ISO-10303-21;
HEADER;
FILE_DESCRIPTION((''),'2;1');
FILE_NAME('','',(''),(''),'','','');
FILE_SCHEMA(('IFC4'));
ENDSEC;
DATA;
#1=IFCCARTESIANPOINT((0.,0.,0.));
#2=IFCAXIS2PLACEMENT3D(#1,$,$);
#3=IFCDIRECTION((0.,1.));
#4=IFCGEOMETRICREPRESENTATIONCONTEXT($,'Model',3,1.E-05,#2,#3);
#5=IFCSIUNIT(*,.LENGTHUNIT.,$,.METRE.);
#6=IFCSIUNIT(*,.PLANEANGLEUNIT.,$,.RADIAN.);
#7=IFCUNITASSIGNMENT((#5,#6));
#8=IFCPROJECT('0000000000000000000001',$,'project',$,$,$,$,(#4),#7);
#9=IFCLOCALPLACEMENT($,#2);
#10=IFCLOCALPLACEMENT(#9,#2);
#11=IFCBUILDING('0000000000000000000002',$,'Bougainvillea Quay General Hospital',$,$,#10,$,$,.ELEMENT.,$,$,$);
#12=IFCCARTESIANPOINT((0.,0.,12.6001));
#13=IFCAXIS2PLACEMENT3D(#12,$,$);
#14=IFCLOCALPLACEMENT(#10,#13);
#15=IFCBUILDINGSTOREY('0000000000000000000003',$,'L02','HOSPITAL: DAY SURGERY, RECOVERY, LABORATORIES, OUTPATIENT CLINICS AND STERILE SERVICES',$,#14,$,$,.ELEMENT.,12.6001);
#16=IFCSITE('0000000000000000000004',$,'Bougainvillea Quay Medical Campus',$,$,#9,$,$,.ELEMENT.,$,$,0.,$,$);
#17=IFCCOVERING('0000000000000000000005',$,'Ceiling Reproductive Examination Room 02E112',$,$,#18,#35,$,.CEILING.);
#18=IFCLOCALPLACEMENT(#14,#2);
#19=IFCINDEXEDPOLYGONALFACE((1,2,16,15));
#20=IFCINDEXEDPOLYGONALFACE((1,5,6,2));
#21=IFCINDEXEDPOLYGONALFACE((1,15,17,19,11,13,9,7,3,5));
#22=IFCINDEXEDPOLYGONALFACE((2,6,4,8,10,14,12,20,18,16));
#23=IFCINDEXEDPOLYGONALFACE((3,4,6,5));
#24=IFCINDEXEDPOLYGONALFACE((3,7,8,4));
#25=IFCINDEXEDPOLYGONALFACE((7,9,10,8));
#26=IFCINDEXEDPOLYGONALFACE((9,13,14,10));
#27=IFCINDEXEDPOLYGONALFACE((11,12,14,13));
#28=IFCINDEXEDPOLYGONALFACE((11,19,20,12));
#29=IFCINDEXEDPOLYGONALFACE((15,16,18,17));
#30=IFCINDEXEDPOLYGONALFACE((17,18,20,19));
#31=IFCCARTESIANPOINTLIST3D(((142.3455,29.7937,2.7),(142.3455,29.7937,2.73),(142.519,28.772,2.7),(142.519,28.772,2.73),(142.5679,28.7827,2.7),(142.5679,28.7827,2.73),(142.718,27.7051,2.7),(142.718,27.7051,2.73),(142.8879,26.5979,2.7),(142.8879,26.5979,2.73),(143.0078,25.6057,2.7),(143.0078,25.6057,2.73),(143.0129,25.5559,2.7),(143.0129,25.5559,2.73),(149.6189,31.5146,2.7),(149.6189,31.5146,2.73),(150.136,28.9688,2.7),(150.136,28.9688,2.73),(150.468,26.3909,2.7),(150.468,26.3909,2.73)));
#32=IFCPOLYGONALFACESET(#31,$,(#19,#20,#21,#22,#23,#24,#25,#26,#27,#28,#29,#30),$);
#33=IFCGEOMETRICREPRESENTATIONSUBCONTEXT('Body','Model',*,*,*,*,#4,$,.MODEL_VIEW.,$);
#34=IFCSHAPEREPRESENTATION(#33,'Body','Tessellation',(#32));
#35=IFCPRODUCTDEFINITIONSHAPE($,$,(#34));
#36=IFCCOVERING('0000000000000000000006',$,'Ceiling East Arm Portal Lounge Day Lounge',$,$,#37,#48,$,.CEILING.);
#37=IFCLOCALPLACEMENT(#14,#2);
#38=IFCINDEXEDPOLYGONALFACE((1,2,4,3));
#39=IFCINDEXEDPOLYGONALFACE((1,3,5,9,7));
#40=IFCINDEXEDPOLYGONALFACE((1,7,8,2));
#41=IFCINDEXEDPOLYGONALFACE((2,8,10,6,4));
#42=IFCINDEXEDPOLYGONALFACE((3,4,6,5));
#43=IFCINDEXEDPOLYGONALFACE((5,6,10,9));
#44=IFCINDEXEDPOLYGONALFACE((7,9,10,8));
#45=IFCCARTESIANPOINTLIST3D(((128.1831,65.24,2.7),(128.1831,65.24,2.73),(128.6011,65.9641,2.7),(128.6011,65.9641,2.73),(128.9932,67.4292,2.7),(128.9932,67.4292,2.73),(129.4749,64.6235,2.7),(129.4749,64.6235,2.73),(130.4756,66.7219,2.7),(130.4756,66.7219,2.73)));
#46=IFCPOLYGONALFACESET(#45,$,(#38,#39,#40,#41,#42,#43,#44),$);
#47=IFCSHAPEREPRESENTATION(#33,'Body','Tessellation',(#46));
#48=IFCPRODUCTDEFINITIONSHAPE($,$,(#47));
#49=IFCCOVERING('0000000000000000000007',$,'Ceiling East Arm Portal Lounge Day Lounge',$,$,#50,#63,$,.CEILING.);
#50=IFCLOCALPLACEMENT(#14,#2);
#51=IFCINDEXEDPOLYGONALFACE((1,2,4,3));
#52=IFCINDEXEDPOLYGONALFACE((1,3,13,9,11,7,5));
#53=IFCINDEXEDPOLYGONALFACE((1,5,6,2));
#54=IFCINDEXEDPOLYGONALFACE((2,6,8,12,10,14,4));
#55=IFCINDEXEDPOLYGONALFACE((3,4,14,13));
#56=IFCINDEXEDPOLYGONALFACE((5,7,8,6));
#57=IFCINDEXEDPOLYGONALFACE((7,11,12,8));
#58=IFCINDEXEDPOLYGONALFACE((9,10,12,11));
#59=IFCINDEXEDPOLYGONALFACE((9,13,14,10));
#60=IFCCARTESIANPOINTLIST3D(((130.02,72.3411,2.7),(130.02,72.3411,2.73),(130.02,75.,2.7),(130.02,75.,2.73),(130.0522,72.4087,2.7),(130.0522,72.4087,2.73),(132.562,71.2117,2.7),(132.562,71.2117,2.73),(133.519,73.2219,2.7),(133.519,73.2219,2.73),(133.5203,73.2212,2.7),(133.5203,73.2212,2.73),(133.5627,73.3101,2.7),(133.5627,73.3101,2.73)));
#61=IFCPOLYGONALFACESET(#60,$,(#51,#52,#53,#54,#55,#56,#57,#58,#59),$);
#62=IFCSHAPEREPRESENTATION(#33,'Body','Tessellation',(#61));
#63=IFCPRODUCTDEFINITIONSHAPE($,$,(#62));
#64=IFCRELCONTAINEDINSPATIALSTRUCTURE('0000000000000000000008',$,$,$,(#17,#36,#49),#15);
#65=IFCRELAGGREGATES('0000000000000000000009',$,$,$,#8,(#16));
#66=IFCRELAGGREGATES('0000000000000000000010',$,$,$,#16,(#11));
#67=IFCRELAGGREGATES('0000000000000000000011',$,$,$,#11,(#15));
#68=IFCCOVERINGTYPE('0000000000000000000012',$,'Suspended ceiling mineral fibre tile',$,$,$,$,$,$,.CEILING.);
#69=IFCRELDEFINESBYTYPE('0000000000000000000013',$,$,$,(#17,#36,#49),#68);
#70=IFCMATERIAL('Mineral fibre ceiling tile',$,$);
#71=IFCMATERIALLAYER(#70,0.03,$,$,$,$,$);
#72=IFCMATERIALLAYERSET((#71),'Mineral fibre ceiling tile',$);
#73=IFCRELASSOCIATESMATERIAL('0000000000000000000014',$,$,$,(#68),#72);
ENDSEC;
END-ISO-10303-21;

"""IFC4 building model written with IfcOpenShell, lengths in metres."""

from ifc_helpers import new_model, si_unit, direction, frame, origin, place, context, subcontext, project, spatial, polyline, outline, extrude, material, layer, layer_set, type_object, element, save


model = new_model("IFC4")

# Units and contexts
model_context = context("Model", 3, precision=1e-05, world=origin(), true_north=direction((0.0, 1.0)))
body_context = subcontext(model_context, "Body", "Model", "MODEL_VIEW")
ifc_project = project(units=[si_unit("LENGTHUNIT", "METRE"), si_unit("PLANEANGLEUNIT", "RADIAN")], contexts=[model_context])

# Site, building, storey
site_placement = place(None, origin())
site = spatial("IfcSite", under=ifc_project, at=site_placement, Name="Bougainvillea Quay Medical Campus", CompositionType="ELEMENT", RefElevation=0.0)
building_placement = place(site_placement, origin())
building = spatial("IfcBuilding", under=site, at=building_placement, Name="Bougainvillea Quay General Hospital", CompositionType="ELEMENT")
storey_placement = place(building_placement, frame((0.0, 0.0, 12.6001)))
storey = spatial("IfcBuildingStorey", under=building, at=storey_placement, Name="L02", Description="HOSPITAL: DAY SURGERY, RECOVERY, LABORATORIES, OUTPATIENT CLINICS AND STERILE SERVICES", CompositionType="ELEMENT", Elevation=12.6001)

# Coverings
ifc_material_1 = material(Name="Mineral fibre ceiling tile")
ifc_layer_1 = layer(ifc_material_1, 0.03)
ifc_layer_set_1 = layer_set([ifc_layer_1], Name="Mineral fibre ceiling tile")
covering_type = type_object("IfcCoveringType", Name="Suspended ceiling mineral fibre tile", PredefinedType="CEILING", material=ifc_layer_set_1)
covering_1_placement = place(storey_placement, frame((0.0, 0.0, 2.7)))
element("IfcCovering", 1, at=covering_1_placement, inside=storey, type_object=covering_type, Name="Ceiling Reproductive Examination Room 02E112", PredefinedType="CEILING", context=body_context, shape_type="SweptSolid", body=[
    extrude(outline(polyline([(143.0129, 25.5559), (143.0078, 25.6057), (150.468, 26.3909), (150.136, 28.9688), (149.6189, 31.5146), (142.3455, 29.7937), (142.5679, 28.7827), (142.519, 28.772), (142.718, 27.7051), (142.8879, 26.5979), (143.0129, 25.5559)])), origin(), (0.0, 0.0, 1.0), 0.03),
])
covering_2_placement = place(storey_placement, frame((0.0, 0.0, 2.7)))
element("IfcCovering", 2, at=covering_2_placement, inside=storey, type_object=covering_type, Name="Ceiling East Arm Portal Lounge Day Lounge", PredefinedType="CEILING", context=body_context, shape_type="SweptSolid", body=[
    extrude(outline(polyline([(129.4749, 64.6235), (130.4756, 66.7219), (128.9932, 67.4292), (128.6011, 65.9641), (128.1831, 65.24), (129.4749, 64.6235)])), origin(), (0.0, 0.0, 1.0), 0.03),
])
covering_3_placement = place(storey_placement, frame((0.0, 0.0, 2.7)))
element("IfcCovering", 3, at=covering_3_placement, inside=storey, type_object=covering_type, Name="Ceiling East Arm Portal Lounge Day Lounge", PredefinedType="CEILING", context=body_context, shape_type="SweptSolid", body=[
    extrude(outline(polyline([(130.02, 72.3411), (130.0522, 72.4087), (132.562, 71.2117), (133.5203, 73.2212), (133.519, 73.2219), (133.5627, 73.3101), (130.02, 75.0), (130.02, 72.3411)])), origin(), (0.0, 0.0, 1.0), 0.03),
])

save(model, "model.ifc")
